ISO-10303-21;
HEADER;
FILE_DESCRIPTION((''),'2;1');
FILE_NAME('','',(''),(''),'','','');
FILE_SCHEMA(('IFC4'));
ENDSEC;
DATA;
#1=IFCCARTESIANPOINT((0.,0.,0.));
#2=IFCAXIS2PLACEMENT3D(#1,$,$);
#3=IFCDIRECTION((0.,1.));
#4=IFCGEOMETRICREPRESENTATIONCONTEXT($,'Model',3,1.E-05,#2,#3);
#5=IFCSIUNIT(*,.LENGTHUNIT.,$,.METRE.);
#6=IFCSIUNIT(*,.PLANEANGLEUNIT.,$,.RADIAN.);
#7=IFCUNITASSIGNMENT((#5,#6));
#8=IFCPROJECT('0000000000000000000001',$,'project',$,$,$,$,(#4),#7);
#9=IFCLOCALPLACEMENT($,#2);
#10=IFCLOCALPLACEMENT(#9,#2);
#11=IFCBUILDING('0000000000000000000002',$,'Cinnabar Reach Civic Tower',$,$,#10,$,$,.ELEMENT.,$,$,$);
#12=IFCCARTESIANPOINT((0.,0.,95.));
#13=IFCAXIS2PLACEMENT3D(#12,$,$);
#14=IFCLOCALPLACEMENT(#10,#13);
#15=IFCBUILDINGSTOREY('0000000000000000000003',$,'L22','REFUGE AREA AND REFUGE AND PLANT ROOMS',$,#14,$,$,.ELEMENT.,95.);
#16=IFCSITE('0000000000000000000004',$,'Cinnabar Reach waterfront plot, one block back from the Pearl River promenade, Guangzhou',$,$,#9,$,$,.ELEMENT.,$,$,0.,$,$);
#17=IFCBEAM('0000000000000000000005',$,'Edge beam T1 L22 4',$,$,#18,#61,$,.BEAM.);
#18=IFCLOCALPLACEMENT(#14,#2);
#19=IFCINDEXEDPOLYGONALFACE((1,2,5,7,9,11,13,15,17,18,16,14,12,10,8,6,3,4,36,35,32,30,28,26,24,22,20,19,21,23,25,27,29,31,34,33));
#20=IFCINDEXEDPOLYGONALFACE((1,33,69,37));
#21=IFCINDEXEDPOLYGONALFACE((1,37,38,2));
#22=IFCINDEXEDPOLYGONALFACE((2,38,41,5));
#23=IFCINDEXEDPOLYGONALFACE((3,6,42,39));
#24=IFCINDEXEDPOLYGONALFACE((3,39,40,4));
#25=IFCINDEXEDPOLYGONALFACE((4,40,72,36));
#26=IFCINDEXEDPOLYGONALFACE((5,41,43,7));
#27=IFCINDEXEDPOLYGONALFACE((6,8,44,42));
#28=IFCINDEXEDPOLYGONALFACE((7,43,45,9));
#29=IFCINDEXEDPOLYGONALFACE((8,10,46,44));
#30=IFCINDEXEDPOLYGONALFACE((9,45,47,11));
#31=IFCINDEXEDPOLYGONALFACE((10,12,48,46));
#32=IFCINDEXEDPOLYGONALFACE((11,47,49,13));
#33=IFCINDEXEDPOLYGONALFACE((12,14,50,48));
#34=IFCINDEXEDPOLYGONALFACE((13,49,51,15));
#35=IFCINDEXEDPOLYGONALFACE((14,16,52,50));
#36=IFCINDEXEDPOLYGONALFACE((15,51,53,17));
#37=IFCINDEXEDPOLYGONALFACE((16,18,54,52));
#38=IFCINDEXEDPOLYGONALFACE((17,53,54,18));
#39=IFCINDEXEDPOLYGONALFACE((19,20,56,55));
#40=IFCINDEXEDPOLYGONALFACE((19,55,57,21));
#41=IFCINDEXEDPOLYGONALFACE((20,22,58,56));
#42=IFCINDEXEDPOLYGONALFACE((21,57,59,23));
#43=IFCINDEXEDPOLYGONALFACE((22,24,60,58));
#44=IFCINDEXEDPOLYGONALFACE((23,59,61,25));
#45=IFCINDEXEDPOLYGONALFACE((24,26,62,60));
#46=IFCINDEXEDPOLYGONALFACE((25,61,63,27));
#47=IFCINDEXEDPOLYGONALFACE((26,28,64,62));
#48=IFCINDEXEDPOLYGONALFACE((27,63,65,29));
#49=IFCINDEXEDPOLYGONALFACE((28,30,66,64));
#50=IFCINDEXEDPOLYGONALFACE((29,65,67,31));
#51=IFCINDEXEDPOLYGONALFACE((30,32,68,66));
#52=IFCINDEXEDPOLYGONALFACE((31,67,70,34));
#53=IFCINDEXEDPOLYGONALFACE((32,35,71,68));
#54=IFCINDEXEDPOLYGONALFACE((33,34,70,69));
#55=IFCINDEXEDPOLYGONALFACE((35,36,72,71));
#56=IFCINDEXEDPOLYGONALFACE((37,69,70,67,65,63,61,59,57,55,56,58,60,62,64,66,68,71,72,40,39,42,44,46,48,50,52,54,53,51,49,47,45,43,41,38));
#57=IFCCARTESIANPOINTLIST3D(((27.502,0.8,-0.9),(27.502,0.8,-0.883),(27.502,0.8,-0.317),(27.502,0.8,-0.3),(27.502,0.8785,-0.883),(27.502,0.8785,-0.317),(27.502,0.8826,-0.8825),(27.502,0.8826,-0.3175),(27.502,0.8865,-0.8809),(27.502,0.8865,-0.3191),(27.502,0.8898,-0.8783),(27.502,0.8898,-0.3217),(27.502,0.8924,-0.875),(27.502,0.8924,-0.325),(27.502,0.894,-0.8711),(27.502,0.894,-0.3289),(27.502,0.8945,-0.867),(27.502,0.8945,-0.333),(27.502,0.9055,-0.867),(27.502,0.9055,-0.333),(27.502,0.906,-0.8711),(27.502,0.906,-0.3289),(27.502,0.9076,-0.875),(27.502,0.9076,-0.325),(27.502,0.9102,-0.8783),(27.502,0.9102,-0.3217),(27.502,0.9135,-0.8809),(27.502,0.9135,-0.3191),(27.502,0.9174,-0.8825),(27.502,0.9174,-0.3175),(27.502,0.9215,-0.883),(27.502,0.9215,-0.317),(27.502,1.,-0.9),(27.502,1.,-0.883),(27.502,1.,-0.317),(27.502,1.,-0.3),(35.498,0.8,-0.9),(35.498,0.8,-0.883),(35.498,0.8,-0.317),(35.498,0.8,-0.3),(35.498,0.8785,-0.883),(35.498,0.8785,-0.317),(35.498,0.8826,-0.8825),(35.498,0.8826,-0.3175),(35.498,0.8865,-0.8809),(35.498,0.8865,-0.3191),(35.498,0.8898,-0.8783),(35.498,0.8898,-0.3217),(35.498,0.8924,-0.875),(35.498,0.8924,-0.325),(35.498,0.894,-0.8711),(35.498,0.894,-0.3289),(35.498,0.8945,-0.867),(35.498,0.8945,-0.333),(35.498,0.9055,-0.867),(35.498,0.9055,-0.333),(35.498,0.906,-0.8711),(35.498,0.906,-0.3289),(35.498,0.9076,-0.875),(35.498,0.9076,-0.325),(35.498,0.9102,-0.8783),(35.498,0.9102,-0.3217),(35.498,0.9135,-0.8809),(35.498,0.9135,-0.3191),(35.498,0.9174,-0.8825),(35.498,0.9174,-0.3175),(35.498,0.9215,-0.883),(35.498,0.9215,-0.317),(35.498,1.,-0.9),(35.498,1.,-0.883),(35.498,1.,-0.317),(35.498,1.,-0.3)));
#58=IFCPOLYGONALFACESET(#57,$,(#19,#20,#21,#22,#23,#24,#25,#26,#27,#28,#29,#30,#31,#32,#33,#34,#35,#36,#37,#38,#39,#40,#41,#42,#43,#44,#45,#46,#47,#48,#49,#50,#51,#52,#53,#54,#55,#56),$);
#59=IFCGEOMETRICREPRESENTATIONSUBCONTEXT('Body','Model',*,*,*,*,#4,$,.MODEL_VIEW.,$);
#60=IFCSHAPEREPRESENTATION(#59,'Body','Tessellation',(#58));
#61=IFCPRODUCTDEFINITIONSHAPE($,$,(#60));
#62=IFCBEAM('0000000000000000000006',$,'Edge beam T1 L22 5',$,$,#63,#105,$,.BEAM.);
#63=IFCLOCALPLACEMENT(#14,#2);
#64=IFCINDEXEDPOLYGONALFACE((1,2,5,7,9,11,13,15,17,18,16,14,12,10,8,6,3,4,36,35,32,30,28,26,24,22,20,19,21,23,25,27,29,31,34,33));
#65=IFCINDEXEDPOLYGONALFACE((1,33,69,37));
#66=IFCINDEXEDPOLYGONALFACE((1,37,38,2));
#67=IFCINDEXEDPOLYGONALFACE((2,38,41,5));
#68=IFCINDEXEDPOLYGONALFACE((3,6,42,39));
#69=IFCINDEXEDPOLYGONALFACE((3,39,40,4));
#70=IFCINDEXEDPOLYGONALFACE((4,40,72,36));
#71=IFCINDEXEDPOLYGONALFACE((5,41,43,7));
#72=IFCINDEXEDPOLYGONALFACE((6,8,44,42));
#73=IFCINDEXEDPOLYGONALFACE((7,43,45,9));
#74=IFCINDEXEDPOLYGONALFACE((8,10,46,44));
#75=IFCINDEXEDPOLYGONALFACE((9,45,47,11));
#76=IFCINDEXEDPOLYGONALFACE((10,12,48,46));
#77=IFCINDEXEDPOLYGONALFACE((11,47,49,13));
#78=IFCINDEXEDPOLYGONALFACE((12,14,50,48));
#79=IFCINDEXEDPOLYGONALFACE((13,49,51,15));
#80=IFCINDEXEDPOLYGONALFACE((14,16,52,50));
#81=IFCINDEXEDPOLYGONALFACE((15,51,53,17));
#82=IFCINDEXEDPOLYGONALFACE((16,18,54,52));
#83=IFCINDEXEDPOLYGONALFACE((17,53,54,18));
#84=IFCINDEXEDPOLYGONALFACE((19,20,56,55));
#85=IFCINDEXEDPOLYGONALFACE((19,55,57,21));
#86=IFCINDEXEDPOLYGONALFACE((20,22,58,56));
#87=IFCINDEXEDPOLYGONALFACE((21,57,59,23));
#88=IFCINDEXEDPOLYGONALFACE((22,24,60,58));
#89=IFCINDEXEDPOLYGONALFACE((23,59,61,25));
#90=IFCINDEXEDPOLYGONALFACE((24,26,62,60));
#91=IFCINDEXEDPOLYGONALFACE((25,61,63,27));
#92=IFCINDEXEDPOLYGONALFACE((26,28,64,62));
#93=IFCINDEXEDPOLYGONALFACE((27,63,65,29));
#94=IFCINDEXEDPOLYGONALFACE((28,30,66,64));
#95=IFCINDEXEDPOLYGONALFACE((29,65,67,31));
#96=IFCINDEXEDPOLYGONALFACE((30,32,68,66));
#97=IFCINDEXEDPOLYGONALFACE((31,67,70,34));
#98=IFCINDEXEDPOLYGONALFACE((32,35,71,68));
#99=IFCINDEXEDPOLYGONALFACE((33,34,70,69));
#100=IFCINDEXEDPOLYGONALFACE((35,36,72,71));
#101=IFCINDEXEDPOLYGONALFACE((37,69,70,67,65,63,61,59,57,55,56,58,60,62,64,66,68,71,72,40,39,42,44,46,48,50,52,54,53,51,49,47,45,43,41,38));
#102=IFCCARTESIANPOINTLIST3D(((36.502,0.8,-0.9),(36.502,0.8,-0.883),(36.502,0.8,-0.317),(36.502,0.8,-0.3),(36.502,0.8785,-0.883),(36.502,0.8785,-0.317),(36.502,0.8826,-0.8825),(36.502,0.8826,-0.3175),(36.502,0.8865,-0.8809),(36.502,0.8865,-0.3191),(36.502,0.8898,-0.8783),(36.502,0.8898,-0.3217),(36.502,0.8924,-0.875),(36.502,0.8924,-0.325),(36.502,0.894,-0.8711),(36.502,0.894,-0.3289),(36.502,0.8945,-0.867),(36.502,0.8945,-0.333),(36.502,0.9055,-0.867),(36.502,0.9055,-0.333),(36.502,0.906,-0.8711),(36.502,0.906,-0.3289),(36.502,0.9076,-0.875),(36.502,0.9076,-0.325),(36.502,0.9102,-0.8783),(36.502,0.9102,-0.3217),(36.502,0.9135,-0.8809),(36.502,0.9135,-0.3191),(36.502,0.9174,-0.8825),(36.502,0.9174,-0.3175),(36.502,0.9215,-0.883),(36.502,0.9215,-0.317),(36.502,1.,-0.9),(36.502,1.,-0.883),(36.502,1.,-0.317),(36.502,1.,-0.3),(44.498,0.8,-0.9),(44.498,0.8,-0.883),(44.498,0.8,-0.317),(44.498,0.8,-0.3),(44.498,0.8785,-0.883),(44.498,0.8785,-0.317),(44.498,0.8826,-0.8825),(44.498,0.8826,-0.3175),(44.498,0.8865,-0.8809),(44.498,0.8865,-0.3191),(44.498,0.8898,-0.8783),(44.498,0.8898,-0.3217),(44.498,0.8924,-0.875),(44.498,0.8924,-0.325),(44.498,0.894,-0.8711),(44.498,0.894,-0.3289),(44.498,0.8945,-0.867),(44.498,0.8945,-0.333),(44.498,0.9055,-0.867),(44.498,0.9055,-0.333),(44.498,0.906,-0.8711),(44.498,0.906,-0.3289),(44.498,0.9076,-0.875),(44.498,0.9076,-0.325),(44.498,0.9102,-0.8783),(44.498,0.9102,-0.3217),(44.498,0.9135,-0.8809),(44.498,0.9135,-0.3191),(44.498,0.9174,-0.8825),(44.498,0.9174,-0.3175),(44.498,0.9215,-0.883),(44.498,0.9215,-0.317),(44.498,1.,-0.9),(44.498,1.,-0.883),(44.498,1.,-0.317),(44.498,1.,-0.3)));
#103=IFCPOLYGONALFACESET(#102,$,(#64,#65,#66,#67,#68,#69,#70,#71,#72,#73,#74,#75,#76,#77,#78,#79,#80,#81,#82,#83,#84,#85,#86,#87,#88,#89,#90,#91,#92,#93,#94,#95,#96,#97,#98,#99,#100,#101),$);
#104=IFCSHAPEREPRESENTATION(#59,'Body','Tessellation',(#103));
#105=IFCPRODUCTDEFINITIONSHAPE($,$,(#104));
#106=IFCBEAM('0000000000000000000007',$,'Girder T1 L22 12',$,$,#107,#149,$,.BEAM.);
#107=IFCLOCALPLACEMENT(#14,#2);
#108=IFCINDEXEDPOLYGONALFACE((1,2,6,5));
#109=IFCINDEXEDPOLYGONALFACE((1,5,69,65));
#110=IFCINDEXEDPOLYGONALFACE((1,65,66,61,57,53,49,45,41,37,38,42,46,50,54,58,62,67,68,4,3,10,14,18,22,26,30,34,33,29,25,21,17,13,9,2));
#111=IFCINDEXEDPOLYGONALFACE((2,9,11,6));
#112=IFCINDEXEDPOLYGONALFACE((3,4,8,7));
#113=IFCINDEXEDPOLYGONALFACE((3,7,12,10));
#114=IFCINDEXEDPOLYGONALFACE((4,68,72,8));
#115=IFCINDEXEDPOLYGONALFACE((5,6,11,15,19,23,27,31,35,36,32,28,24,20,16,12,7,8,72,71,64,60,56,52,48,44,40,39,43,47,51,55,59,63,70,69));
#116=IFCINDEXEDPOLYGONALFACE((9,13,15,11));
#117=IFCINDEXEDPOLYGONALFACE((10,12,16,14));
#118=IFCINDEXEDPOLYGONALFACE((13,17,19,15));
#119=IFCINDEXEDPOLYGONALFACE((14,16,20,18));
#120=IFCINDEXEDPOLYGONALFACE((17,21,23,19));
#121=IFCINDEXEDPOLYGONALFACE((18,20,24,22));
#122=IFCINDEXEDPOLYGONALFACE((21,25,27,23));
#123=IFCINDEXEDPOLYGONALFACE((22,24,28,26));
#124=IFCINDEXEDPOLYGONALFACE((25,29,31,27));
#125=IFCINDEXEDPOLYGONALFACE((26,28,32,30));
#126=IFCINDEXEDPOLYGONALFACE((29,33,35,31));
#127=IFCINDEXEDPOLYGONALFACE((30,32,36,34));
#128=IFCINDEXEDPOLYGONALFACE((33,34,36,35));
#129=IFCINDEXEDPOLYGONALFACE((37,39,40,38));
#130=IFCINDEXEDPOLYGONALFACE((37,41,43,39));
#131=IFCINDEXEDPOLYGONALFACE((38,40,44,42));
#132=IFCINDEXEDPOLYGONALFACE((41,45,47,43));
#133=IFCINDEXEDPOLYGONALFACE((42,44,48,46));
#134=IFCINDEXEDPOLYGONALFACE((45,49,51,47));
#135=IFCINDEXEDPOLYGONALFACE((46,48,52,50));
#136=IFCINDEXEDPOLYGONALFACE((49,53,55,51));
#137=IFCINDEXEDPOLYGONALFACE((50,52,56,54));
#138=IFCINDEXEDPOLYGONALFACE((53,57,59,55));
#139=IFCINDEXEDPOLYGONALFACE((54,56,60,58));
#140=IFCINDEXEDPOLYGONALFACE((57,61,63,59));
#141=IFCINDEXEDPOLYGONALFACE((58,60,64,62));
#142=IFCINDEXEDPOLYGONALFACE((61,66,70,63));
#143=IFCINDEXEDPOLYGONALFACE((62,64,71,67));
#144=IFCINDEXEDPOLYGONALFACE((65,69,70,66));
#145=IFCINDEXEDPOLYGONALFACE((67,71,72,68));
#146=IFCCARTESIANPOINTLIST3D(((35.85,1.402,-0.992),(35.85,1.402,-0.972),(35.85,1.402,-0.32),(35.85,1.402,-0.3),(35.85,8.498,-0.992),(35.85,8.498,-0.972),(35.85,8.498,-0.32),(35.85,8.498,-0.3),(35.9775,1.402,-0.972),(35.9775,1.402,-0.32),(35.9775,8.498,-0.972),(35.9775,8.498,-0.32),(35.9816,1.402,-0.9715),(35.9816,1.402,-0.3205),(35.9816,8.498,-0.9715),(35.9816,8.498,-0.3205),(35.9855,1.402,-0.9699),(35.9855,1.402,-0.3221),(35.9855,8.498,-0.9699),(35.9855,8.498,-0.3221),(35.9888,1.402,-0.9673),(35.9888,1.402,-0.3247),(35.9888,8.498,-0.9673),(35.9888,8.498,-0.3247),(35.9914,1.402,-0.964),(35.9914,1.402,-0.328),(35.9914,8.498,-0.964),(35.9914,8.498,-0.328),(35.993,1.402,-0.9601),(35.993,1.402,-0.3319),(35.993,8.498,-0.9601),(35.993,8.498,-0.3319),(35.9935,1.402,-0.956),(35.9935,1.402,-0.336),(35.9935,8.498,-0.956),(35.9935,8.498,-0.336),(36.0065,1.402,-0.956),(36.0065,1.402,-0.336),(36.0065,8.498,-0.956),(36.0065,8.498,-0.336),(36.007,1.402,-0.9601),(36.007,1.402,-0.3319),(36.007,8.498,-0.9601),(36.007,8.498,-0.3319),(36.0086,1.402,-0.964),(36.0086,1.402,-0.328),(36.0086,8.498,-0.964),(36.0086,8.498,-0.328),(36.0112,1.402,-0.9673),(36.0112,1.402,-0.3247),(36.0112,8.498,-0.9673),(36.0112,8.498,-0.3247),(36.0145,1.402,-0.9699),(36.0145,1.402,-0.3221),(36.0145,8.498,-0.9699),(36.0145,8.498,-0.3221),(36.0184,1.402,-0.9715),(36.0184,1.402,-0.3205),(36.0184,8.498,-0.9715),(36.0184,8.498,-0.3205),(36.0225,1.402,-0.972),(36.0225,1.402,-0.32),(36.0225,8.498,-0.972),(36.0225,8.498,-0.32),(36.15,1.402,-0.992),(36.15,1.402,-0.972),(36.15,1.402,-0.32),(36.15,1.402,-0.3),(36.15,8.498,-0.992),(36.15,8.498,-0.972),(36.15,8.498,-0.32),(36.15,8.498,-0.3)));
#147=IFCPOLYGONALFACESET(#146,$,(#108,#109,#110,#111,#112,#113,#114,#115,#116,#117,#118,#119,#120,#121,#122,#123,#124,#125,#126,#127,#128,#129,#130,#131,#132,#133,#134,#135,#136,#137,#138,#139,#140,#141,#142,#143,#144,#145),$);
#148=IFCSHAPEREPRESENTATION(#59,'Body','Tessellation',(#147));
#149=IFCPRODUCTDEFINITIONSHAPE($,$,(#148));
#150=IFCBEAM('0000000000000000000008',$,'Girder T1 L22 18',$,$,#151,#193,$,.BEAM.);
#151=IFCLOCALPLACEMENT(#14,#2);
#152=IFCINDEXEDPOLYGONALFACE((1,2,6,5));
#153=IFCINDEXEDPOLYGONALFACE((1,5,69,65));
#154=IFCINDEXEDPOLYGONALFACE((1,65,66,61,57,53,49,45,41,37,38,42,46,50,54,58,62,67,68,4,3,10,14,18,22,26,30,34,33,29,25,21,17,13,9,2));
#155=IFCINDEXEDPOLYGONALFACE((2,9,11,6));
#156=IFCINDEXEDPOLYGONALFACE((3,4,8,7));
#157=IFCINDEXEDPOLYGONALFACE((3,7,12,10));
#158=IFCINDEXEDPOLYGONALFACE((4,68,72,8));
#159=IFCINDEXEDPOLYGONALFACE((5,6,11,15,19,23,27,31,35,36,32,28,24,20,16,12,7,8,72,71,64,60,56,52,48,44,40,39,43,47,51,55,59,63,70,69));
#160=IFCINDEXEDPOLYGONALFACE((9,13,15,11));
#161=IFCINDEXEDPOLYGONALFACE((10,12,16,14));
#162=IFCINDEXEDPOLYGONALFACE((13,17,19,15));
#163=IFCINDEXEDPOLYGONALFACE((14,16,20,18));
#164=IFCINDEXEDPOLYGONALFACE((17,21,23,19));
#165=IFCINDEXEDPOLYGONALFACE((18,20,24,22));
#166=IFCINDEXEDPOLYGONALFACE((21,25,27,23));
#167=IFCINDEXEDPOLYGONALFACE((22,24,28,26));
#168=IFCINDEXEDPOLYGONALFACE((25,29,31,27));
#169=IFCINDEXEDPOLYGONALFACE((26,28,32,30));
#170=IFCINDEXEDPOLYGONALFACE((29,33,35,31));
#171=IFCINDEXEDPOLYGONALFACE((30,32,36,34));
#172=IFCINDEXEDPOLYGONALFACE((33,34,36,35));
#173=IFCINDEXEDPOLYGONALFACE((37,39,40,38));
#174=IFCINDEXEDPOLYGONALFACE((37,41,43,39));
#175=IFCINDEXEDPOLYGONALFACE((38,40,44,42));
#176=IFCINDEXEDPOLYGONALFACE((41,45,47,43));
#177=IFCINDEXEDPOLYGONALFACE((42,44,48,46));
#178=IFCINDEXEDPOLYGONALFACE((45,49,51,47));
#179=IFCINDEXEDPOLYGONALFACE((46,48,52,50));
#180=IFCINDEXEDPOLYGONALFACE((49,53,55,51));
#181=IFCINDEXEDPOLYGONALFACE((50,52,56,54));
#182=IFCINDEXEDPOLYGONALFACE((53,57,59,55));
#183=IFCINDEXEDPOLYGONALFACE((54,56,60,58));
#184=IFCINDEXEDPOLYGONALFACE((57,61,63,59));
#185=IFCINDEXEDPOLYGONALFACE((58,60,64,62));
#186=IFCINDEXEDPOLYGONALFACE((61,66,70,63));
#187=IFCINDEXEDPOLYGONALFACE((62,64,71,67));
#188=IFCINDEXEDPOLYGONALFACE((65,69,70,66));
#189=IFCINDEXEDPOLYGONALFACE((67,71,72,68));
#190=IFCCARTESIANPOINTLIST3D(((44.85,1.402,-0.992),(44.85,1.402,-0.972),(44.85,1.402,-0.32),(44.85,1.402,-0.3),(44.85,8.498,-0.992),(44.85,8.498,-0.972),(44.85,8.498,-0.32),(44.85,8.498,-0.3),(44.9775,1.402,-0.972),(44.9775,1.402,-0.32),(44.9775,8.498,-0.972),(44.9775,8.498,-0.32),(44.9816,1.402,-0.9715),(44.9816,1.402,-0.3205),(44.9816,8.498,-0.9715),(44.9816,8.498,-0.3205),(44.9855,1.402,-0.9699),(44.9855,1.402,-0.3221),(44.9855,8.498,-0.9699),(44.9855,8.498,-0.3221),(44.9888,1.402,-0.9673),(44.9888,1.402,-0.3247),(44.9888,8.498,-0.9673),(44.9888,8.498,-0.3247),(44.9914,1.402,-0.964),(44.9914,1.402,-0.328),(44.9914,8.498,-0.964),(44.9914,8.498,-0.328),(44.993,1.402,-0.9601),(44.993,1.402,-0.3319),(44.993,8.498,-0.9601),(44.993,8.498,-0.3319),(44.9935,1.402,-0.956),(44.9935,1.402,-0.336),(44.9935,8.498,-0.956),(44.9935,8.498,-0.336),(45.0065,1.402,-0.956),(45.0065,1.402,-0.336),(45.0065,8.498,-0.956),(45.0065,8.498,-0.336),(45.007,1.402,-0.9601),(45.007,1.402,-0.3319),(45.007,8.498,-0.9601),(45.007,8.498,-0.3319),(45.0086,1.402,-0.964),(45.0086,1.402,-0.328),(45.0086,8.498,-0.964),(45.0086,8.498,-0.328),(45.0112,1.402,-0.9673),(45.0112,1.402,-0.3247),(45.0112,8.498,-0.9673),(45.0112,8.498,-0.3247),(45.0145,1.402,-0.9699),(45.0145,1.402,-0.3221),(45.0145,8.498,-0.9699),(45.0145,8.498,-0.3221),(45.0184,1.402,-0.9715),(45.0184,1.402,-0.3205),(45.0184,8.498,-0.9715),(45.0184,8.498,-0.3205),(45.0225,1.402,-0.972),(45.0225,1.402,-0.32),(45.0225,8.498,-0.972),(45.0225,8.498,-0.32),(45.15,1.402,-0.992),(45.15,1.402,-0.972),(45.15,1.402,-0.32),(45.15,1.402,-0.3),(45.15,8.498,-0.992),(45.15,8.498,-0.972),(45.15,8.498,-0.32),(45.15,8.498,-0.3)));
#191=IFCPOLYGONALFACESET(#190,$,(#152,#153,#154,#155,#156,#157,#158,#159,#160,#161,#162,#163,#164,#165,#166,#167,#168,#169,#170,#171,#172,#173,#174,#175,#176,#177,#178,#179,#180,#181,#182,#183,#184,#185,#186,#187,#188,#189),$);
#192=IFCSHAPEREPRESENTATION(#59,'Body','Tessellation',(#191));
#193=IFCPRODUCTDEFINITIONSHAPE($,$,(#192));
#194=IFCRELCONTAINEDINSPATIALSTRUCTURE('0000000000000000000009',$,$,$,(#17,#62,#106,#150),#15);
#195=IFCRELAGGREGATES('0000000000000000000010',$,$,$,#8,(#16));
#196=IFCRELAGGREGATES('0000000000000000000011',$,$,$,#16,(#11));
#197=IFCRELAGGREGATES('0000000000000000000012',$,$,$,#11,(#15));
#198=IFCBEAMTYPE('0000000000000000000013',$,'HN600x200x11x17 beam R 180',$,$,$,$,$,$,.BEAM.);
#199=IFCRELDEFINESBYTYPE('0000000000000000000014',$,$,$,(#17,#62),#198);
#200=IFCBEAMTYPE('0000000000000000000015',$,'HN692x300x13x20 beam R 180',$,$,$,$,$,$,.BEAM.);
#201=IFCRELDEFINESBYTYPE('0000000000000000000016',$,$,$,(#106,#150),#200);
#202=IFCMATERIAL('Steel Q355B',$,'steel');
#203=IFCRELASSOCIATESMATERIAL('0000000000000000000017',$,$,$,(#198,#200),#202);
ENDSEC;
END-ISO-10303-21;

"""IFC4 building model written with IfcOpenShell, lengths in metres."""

from ifc_helpers import new_model, si_unit, direction, frame, origin, origin_2d, place, context, subcontext, project, spatial, i_section, extrude, material, material_profile, profile_set, type_object, element, save


model = new_model("IFC4")

# Units and contexts
model_context = context("Model", 3, precision=1e-05, world=origin(), true_north=direction((0.0, 1.0)))
body_context = subcontext(model_context, "Body", "Model", "MODEL_VIEW")
ifc_project = project(units=[si_unit("LENGTHUNIT", "METRE"), si_unit("PLANEANGLEUNIT", "RADIAN")], contexts=[model_context])

# Site, building, storey
site_placement = place(None, origin())
site = spatial("IfcSite", under=ifc_project, at=site_placement, Name="Cinnabar Reach waterfront plot, one block back from the Pearl River promenade, Guangzhou", CompositionType="ELEMENT", RefElevation=0.0)
building_placement = place(site_placement, origin())
building = spatial("IfcBuilding", under=site, at=building_placement, Name="Cinnabar Reach Civic Tower", CompositionType="ELEMENT")
storey_placement = place(building_placement, frame((0.0, 0.0, 95.0)))
storey = spatial("IfcBuildingStorey", under=building, at=storey_placement, Name="L22", Description="REFUGE AREA AND REFUGE AND PLANT ROOMS", CompositionType="ELEMENT", Elevation=95.0)

# Beams
ifc_material_1 = material(Name="Steel Q355B", Category="steel")
ifc_material_profile_1 = material_profile(ifc_material_1, i_section(OverallWidth=0.2, OverallDepth=0.6, WebThickness=0.011, FlangeThickness=0.017, FilletRadius=0.016, at=origin_2d()), Name="HN600x200x11x17")
ifc_profile_set_1 = profile_set([ifc_material_profile_1], Name="Steel Q355B")
beam_type_1 = type_object("IfcBeamType", Name="HN600x200x11x17 beam R 180", PredefinedType="BEAM", material=ifc_profile_set_1)
for number, where, z_axis, x_axis, name in (
    (1, (27.502, 0.9, -0.6), (1.0, 0.0, 0.0), (0.0, 1.0, 0.0), "Edge beam T1 L22 4"),
    (2, (36.502, 0.9, -0.6), (1.0, 0.0, 0.0), (0.0, 1.0, 0.0), "Edge beam T1 L22 5"),
):
    element("IfcBeam", number, at=place(storey_placement, frame(where, z_axis=z_axis, x_axis=x_axis)), inside=storey, type_object=beam_type_1, Name=name, PredefinedType="BEAM", context=body_context, shape_type="SweptSolid", body=[
        extrude(i_section(OverallWidth=0.2, OverallDepth=0.6, WebThickness=0.011, FlangeThickness=0.017, FilletRadius=0.016, at=origin_2d()), origin(), (0.0, 0.0, 1.0), 7.996),
    ])
ifc_material_profile_2 = material_profile(ifc_material_1, i_section(OverallWidth=0.3, OverallDepth=0.692, WebThickness=0.013, FlangeThickness=0.02, FilletRadius=0.016, at=origin_2d()), Name="HN692x300x13x20")
ifc_profile_set_2 = profile_set([ifc_material_profile_2], Name="Steel Q355B")
beam_type_2 = type_object("IfcBeamType", Name="HN692x300x13x20 beam R 180", PredefinedType="BEAM", material=ifc_profile_set_2)
for number, where, z_axis, x_axis, name in (
    (3, (36.0, 1.402, -0.646), (0.0, 1.0, 0.0), (-1.0, 0.0, 0.0), "Girder T1 L22 12"),
    (4, (45.0, 1.402, -0.646), (0.0, 1.0, 0.0), (-1.0, 0.0, 0.0), "Girder T1 L22 18"),
):
    element("IfcBeam", number, at=place(storey_placement, frame(where, z_axis=z_axis, x_axis=x_axis)), inside=storey, type_object=beam_type_2, Name=name, PredefinedType="BEAM", context=body_context, shape_type="SweptSolid", body=[
        extrude(i_section(OverallWidth=0.3, OverallDepth=0.692, WebThickness=0.013, FlangeThickness=0.02, FilletRadius=0.016, at=origin_2d()), origin(), (0.0, 0.0, 1.0), 7.096),
    ])

save(model, "model.ifc")
